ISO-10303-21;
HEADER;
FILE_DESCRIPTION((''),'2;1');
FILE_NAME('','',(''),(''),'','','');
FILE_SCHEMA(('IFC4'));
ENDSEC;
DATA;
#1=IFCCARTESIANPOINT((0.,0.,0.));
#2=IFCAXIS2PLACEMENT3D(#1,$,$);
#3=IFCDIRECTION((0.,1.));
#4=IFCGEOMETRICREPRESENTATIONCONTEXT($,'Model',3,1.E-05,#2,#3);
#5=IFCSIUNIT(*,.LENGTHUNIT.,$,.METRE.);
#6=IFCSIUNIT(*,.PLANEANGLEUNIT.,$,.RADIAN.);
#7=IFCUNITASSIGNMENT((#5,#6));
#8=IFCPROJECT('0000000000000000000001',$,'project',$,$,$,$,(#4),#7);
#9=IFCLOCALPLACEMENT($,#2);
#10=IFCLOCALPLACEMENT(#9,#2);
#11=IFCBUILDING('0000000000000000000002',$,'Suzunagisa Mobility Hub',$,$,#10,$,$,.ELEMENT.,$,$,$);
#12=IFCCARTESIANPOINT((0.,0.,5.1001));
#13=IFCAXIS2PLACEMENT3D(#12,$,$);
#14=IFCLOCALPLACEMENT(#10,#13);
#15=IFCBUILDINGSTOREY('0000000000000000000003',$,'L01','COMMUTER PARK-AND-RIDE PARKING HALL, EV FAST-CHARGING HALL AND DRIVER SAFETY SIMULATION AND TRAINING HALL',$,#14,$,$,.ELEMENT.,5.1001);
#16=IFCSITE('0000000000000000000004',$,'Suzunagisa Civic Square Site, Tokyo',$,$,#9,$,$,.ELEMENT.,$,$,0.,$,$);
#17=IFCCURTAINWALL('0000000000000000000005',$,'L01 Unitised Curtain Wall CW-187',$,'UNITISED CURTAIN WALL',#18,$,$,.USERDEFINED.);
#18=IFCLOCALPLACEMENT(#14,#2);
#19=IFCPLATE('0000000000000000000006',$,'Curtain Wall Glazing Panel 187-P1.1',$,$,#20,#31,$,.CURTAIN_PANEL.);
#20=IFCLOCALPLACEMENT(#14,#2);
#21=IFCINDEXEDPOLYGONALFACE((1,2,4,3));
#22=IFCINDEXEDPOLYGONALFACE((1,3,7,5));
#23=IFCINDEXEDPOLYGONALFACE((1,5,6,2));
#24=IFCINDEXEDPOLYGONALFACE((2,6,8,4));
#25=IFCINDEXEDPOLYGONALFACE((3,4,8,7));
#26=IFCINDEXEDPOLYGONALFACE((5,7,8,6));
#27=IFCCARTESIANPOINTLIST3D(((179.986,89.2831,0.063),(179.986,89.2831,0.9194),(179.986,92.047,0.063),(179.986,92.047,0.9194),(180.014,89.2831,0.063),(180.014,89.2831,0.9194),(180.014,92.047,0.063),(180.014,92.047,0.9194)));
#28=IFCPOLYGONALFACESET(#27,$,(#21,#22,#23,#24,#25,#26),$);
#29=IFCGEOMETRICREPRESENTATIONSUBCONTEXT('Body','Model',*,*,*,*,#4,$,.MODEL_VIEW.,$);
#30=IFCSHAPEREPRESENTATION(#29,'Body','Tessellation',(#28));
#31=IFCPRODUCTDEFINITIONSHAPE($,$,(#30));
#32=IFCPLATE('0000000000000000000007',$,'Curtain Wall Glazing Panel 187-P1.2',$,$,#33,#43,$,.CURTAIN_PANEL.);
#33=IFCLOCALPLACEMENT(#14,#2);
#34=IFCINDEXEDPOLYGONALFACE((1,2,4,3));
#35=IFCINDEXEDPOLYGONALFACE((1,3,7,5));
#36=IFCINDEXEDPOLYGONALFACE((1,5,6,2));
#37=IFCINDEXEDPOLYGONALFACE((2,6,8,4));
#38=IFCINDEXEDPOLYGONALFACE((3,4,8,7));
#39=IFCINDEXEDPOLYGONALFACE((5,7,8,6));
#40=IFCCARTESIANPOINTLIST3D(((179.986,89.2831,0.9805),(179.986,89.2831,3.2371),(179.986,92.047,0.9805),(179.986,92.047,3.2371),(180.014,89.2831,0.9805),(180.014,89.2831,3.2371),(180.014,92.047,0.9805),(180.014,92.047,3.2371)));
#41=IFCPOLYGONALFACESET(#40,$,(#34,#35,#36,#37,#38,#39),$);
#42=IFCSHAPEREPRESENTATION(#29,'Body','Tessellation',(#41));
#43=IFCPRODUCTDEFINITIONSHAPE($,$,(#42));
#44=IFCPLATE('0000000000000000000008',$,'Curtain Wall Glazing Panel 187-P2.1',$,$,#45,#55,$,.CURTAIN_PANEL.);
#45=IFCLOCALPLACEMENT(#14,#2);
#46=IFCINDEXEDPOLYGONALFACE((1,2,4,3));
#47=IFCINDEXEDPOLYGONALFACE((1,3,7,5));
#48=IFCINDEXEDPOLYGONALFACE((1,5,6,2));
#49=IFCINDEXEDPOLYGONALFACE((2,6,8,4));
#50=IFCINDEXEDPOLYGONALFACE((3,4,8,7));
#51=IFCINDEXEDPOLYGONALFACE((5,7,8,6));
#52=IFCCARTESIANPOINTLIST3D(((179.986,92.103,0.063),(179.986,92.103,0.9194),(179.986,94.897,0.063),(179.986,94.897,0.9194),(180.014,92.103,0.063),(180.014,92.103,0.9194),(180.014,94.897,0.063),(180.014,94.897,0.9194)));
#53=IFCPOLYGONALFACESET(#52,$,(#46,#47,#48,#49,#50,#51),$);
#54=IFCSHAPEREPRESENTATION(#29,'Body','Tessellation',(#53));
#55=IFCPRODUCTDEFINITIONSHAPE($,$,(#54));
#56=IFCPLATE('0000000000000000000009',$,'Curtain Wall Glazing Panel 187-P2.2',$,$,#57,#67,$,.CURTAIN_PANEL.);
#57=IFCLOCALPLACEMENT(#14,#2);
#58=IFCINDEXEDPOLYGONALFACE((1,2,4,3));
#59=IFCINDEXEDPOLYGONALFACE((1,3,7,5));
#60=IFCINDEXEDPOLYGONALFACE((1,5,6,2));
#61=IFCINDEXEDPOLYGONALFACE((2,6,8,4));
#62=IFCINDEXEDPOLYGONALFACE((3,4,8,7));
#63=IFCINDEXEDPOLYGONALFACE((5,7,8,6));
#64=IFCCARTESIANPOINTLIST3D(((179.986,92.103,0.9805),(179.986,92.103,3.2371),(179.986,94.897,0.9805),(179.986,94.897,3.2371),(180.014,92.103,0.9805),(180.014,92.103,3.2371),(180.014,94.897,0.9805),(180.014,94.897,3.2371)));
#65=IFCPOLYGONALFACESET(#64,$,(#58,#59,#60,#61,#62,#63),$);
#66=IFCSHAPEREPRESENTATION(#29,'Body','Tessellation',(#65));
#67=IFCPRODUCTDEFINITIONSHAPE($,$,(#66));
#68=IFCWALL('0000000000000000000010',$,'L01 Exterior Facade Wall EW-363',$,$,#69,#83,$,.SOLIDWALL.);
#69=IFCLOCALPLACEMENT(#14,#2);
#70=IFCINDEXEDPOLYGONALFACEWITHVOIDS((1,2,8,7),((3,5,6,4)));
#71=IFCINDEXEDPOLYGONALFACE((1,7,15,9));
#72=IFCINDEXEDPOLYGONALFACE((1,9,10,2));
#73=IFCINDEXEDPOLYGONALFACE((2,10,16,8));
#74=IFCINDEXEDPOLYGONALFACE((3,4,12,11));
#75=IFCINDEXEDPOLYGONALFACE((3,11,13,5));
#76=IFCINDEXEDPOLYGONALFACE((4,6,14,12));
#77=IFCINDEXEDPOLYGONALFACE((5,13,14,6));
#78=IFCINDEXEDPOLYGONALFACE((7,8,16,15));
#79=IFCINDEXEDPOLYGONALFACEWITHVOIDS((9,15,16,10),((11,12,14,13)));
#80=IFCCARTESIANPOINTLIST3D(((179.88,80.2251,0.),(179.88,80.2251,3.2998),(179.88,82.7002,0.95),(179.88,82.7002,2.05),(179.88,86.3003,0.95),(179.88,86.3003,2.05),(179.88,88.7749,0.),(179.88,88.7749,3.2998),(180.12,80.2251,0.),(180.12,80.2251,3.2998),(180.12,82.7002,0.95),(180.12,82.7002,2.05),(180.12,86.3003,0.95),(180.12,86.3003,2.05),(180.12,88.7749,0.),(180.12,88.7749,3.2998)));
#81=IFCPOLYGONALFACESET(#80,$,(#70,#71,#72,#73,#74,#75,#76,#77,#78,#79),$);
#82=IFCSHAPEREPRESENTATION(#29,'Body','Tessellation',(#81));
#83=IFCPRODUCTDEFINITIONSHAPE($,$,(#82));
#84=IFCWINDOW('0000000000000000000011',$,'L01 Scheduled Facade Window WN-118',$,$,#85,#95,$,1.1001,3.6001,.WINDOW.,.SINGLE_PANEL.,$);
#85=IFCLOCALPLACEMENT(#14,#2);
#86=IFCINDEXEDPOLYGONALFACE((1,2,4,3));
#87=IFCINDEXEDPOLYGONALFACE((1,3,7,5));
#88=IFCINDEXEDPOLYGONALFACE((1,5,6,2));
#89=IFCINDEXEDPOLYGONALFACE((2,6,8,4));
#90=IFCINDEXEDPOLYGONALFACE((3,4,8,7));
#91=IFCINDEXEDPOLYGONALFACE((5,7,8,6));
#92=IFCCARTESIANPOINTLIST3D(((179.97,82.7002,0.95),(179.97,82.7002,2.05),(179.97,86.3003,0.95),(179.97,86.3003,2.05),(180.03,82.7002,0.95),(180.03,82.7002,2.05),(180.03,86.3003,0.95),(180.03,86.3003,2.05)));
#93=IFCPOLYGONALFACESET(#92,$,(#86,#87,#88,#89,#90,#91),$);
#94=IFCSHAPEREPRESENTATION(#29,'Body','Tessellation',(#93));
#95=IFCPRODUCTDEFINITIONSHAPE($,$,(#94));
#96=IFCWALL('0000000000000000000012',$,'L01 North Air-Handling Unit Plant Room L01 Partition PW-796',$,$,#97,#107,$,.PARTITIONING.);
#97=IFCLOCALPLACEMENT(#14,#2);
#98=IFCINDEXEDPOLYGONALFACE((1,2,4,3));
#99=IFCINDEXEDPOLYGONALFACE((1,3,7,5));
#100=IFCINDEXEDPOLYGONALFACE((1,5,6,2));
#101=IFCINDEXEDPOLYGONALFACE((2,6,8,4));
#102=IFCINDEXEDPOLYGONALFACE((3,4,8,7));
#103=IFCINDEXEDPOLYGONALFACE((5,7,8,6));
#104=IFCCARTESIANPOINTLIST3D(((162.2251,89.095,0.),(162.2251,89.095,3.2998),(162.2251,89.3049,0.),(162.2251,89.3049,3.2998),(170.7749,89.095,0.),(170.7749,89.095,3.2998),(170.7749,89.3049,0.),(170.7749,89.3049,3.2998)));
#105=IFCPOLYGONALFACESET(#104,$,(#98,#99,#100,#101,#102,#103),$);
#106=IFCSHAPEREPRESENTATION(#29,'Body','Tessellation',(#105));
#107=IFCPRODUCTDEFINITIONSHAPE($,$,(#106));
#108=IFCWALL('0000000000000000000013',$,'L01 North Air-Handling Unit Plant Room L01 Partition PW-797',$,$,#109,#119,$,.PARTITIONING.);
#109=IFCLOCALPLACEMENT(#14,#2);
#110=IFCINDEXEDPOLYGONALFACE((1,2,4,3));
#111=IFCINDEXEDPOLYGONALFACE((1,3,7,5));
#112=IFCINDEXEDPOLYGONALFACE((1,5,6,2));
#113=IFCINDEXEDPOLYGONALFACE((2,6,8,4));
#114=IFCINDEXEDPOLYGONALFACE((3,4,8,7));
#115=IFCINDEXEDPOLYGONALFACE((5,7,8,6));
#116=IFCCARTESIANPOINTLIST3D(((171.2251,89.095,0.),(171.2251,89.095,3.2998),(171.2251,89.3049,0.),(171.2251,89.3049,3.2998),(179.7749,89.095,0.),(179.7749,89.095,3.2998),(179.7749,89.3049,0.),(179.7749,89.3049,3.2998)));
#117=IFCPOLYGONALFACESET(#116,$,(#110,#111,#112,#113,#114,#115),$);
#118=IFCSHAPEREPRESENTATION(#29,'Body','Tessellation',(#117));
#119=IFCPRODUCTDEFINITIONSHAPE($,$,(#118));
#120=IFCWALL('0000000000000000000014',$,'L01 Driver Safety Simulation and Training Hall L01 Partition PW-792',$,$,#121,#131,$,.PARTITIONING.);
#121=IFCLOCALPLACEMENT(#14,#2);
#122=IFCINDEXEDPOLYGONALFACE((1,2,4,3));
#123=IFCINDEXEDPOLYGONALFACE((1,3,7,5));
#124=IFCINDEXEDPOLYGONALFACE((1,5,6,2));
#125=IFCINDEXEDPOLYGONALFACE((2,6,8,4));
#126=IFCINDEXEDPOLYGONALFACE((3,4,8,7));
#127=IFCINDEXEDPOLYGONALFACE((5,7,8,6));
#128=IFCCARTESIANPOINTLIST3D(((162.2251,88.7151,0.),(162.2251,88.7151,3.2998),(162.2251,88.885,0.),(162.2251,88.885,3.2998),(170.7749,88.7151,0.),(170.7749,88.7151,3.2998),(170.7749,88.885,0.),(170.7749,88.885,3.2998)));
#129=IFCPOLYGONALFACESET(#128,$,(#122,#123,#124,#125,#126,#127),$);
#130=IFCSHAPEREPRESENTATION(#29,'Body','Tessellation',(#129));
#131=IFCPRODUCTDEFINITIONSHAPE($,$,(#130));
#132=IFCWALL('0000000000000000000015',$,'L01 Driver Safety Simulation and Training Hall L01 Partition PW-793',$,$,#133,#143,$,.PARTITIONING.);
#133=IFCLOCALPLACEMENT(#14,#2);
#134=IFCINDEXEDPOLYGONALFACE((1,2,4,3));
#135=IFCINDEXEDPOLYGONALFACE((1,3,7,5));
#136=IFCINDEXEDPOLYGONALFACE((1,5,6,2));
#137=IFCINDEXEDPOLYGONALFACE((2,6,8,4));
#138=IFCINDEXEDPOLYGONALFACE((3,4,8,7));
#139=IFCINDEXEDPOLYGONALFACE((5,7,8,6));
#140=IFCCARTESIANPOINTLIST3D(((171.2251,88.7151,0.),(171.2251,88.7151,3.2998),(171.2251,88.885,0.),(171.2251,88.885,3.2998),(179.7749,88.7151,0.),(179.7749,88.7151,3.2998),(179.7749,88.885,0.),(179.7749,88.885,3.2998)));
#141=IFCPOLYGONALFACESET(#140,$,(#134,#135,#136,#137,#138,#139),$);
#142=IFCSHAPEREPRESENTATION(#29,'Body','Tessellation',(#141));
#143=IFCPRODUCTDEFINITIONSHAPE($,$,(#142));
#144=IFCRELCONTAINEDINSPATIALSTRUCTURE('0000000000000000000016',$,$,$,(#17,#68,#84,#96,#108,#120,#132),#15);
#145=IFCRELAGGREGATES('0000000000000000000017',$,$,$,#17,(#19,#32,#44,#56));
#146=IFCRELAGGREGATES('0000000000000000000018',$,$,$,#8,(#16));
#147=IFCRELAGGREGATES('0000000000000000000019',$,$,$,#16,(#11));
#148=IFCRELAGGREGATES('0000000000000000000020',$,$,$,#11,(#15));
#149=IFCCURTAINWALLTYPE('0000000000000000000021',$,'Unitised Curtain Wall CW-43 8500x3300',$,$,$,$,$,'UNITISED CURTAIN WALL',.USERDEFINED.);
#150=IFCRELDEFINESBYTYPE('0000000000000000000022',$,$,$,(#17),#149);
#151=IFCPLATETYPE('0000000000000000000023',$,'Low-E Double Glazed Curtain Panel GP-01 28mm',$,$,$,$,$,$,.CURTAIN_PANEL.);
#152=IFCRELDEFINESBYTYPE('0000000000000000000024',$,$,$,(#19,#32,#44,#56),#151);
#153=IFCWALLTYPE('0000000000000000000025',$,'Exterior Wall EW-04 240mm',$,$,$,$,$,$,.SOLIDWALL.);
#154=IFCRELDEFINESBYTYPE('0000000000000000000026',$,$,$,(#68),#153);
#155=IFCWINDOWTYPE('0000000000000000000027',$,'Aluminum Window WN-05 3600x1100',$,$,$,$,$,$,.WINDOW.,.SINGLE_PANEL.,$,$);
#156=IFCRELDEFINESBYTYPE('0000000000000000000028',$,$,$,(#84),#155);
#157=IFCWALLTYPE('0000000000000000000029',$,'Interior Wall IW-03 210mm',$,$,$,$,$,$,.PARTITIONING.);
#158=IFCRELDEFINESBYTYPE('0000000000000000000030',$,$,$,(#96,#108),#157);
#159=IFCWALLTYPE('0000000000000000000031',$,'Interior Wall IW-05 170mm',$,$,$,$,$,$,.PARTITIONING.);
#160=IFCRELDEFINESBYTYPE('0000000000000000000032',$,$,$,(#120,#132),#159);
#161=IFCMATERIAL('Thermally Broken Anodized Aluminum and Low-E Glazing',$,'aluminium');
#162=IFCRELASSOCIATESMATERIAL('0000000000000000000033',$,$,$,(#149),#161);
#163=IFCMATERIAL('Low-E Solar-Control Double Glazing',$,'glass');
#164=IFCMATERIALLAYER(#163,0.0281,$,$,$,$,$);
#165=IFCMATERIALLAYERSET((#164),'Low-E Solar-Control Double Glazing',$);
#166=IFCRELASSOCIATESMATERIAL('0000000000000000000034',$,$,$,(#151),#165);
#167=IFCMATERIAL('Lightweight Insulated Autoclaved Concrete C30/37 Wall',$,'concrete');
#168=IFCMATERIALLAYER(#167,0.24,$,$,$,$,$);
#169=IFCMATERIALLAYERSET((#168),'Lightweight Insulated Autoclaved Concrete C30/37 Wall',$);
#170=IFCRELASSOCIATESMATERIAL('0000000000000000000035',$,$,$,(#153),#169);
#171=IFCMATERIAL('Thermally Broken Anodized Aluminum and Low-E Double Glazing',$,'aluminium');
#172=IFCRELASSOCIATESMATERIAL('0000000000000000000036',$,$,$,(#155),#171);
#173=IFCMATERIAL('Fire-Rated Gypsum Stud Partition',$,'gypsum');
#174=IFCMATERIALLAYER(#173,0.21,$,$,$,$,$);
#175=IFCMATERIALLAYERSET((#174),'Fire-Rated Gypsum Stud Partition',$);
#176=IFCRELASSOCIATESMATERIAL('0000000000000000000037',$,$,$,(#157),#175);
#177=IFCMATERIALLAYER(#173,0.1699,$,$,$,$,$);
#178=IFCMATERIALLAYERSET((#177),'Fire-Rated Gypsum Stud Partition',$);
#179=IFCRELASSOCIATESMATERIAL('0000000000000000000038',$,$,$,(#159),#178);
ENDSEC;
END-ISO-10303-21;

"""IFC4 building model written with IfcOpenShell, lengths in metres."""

from ifc_helpers import new_model, si_unit, direction, frame, frame_2d, origin, origin_2d, place, context, subcontext, project, spatial, rectangle, extrude, material, layer, layer_set, type_object, element, fill, aggregate, save


model = new_model("IFC4")

# Units and contexts
model_context = context("Model", 3, precision=1e-05, world=origin(), true_north=direction((0.0, 1.0)))
body_context = subcontext(model_context, "Body", "Model", "MODEL_VIEW")
ifc_project = project(units=[si_unit("LENGTHUNIT", "METRE"), si_unit("PLANEANGLEUNIT", "RADIAN")], contexts=[model_context])

# Site, building, storey
site_placement = place(None, origin())
site = spatial("IfcSite", under=ifc_project, at=site_placement, Name="Suzunagisa Civic Square Site, Tokyo", CompositionType="ELEMENT", RefElevation=0.0)
building_placement = place(site_placement, origin())
building = spatial("IfcBuilding", under=site, at=building_placement, Name="Suzunagisa Mobility Hub", CompositionType="ELEMENT")
storey_placement = place(building_placement, frame((0.0, 0.0, 5.1001)))
storey = spatial("IfcBuildingStorey", under=building, at=storey_placement, Name="L01", Description="COMMUTER PARK-AND-RIDE PARKING HALL, EV FAST-CHARGING HALL AND DRIVER SAFETY SIMULATION AND TRAINING HALL", CompositionType="ELEMENT", Elevation=5.1001)

# Curtain wall
ifc_material_1 = material(Name="Thermally Broken Anodized Aluminum and Low-E Glazing", Category="aluminium")
curtain_wall_type = type_object("IfcCurtainWallType", Name="Unitised Curtain Wall CW-43 8500x3300", ElementType="UNITISED CURTAIN WALL", PredefinedType="USERDEFINED", material=ifc_material_1)
curtain_wall_placement = place(storey_placement, origin())
curtain_wall = element("IfcCurtainWall", 1, at=curtain_wall_placement, inside=storey, type_object=curtain_wall_type, Name="L01 Unitised Curtain Wall CW-187", ObjectType="UNITISED CURTAIN WALL", PredefinedType="USERDEFINED")

# Plates
ifc_material_2 = material(Name="Low-E Solar-Control Double Glazing", Category="glass")
ifc_layer_1 = layer(ifc_material_2, 0.0281)
ifc_layer_set_1 = layer_set([ifc_layer_1], Name="Low-E Solar-Control Double Glazing")
plate_type = type_object("IfcPlateType", Name="Low-E Double Glazed Curtain Panel GP-01 28mm", PredefinedType="CURTAIN_PANEL", material=ifc_layer_set_1)
plate_1_placement = place(storey_placement, frame((180.0, 90.665, 0.063), z_axis=(0.0, 0.0, 1.0), x_axis=(0.0, 1.0, 0.0)))
plate_1 = element("IfcPlate", 2, at=plate_1_placement, type_object=plate_type, Name="Curtain Wall Glazing Panel 187-P1.1", PredefinedType="CURTAIN_PANEL", context=body_context, shape_type="SweptSolid", body=[
    extrude(rectangle(XDim=2.7639, YDim=0.0281, at=origin_2d()), origin(), (0.0, 0.0, 1.0), 0.8564),
])
plate_2_placement = place(storey_placement, frame((180.0, 90.665, 0.9805), z_axis=(0.0, 0.0, 1.0), x_axis=(0.0, 1.0, 0.0)))
plate_2 = element("IfcPlate", 3, at=plate_2_placement, type_object=plate_type, Name="Curtain Wall Glazing Panel 187-P1.2", PredefinedType="CURTAIN_PANEL", context=body_context, shape_type="SweptSolid", body=[
    extrude(rectangle(XDim=2.7639, YDim=0.0281, at=origin_2d()), origin(), (0.0, 0.0, 1.0), 2.2566),
])
plate_3_placement = place(storey_placement, frame((180.0, 93.5, 0.063), z_axis=(0.0, 0.0, 1.0), x_axis=(0.0, 1.0, 0.0)))
plate_3 = element("IfcPlate", 4, at=plate_3_placement, type_object=plate_type, Name="Curtain Wall Glazing Panel 187-P2.1", PredefinedType="CURTAIN_PANEL", context=body_context, shape_type="SweptSolid", body=[
    extrude(rectangle(XDim=2.7939, YDim=0.0281, at=origin_2d()), origin(), (0.0, 0.0, 1.0), 0.8564),
])
plate_4_placement = place(storey_placement, frame((180.0, 93.5, 0.9805), z_axis=(0.0, 0.0, 1.0), x_axis=(0.0, 1.0, 0.0)))
plate_4 = element("IfcPlate", 5, at=plate_4_placement, type_object=plate_type, Name="Curtain Wall Glazing Panel 187-P2.2", PredefinedType="CURTAIN_PANEL", context=body_context, shape_type="SweptSolid", body=[
    extrude(rectangle(XDim=2.7939, YDim=0.0281, at=origin_2d()), origin(), (0.0, 0.0, 1.0), 2.2566),
])
aggregate(curtain_wall, [plate_1, plate_2, plate_3, plate_4])

# Wall, opening, window
ifc_material_3 = material(Name="Lightweight Insulated Autoclaved Concrete C30/37 Wall", Category="concrete")
ifc_layer_2 = layer(ifc_material_3, 0.24)
ifc_layer_set_2 = layer_set([ifc_layer_2], Name="Lightweight Insulated Autoclaved Concrete C30/37 Wall")
wall_type_1 = type_object("IfcWallType", Name="Exterior Wall EW-04 240mm", PredefinedType="SOLIDWALL", material=ifc_layer_set_2)
wall_placement = place(storey_placement, frame((180.0, 80.2251, 0.0), z_axis=(0.0, 0.0, 1.0), x_axis=(0.0, 1.0, 0.0)))
wall = element("IfcWall", 6, at=wall_placement, inside=storey, type_object=wall_type_1, Name="L01 Exterior Facade Wall EW-363", PredefinedType="SOLIDWALL", context=body_context, shape_type="SweptSolid", body=[
    extrude(rectangle(XDim=8.5498, YDim=0.24, at=frame_2d((4.2749, 0.0))), origin(), (0.0, 0.0, 1.0), 3.2998),
])
opening_placement = place(wall_placement, frame((2.4751, 0.0, 0.95)))
opening = element("IfcOpeningElement", 7, at=opening_placement, cuts=wall, PredefinedType="OPENING", context=body_context, shape_type="SweptSolid", body=[
    extrude(rectangle(XDim=3.6001, YDim=1.1001, at=frame_2d((1.8, 0.55))), frame((0.0, 0.1309, 0.0), z_axis=(0.0, -1.0, 0.0), x_axis=(1.0, 0.0, 0.0)), (0.0, 0.0, 1.0), 0.262),
])
ifc_material_4 = material(Name="Thermally Broken Anodized Aluminum and Low-E Double Glazing", Category="aluminium")
window_type = type_object("IfcWindowType", Name="Aluminum Window WN-05 3600x1100", PartitioningType="SINGLE_PANEL", PredefinedType="WINDOW", material=ifc_material_4)
window_placement = place(opening_placement, origin())
window = element("IfcWindow", 8, at=window_placement, inside=storey, type_object=window_type, Name="L01 Scheduled Facade Window WN-118", OverallHeight=1.1001, OverallWidth=3.6001, PartitioningType="SINGLE_PANEL", PredefinedType="WINDOW", context=body_context, shape_type="SweptSolid", body=[
    extrude(rectangle(XDim=3.6001, YDim=1.1001, at=frame_2d((1.8, 0.55))), frame((0.0, 0.03, 0.0), z_axis=(0.0, -1.0, 0.0), x_axis=(1.0, 0.0, 0.0)), (0.0, 0.0, 1.0), 0.0601),
])
fill(opening, window)

# Walls
ifc_material_5 = material(Name="Fire-Rated Gypsum Stud Partition", Category="gypsum")
ifc_layer_3 = layer(ifc_material_5, 0.21)
ifc_layer_set_3 = layer_set([ifc_layer_3], Name="Fire-Rated Gypsum Stud Partition")
wall_type_2 = type_object("IfcWallType", Name="Interior Wall IW-03 210mm", PredefinedType="PARTITIONING", material=ifc_layer_set_3)
for number, where, z_axis, x_axis, name in (
    (9, (162.2251, 89.2, 0.0), (0.0, 0.0, 1.0), (1.0, 0.0, 0.0), "L01 North Air-Handling Unit Plant Room L01 Partition PW-796"),
    (10, (171.2251, 89.2, 0.0), (0.0, 0.0, 1.0), (1.0, 0.0, 0.0), "L01 North Air-Handling Unit Plant Room L01 Partition PW-797"),
):
    element("IfcWall", number, at=place(storey_placement, frame(where, z_axis=z_axis, x_axis=x_axis)), inside=storey, type_object=wall_type_2, Name=name, PredefinedType="PARTITIONING", context=body_context, shape_type="SweptSolid", body=[
        extrude(rectangle(XDim=8.5498, YDim=0.21, at=frame_2d((4.2749, 0.0))), origin(), (0.0, 0.0, 1.0), 3.2998),
    ])
ifc_layer_4 = layer(ifc_material_5, 0.1699)
ifc_layer_set_4 = layer_set([ifc_layer_4], Name="Fire-Rated Gypsum Stud Partition")
wall_type_3 = type_object("IfcWallType", Name="Interior Wall IW-05 170mm", PredefinedType="PARTITIONING", material=ifc_layer_set_4)
for number, where, z_axis, x_axis, name in (
    (11, (162.2251, 88.8, 0.0), (0.0, 0.0, 1.0), (1.0, 0.0, 0.0), "L01 Driver Safety Simulation and Training Hall L01 Partition PW-792"),
    (12, (171.2251, 88.8, 0.0), (0.0, 0.0, 1.0), (1.0, 0.0, 0.0), "L01 Driver Safety Simulation and Training Hall L01 Partition PW-793"),
):
    element("IfcWall", number, at=place(storey_placement, frame(where, z_axis=z_axis, x_axis=x_axis)), inside=storey, type_object=wall_type_3, Name=name, PredefinedType="PARTITIONING", context=body_context, shape_type="SweptSolid", body=[
        extrude(rectangle(XDim=8.5498, YDim=0.1699, at=frame_2d((4.2749, 0.0))), origin(), (0.0, 0.0, 1.0), 3.2998),
    ])

save(model, "model.ifc")
